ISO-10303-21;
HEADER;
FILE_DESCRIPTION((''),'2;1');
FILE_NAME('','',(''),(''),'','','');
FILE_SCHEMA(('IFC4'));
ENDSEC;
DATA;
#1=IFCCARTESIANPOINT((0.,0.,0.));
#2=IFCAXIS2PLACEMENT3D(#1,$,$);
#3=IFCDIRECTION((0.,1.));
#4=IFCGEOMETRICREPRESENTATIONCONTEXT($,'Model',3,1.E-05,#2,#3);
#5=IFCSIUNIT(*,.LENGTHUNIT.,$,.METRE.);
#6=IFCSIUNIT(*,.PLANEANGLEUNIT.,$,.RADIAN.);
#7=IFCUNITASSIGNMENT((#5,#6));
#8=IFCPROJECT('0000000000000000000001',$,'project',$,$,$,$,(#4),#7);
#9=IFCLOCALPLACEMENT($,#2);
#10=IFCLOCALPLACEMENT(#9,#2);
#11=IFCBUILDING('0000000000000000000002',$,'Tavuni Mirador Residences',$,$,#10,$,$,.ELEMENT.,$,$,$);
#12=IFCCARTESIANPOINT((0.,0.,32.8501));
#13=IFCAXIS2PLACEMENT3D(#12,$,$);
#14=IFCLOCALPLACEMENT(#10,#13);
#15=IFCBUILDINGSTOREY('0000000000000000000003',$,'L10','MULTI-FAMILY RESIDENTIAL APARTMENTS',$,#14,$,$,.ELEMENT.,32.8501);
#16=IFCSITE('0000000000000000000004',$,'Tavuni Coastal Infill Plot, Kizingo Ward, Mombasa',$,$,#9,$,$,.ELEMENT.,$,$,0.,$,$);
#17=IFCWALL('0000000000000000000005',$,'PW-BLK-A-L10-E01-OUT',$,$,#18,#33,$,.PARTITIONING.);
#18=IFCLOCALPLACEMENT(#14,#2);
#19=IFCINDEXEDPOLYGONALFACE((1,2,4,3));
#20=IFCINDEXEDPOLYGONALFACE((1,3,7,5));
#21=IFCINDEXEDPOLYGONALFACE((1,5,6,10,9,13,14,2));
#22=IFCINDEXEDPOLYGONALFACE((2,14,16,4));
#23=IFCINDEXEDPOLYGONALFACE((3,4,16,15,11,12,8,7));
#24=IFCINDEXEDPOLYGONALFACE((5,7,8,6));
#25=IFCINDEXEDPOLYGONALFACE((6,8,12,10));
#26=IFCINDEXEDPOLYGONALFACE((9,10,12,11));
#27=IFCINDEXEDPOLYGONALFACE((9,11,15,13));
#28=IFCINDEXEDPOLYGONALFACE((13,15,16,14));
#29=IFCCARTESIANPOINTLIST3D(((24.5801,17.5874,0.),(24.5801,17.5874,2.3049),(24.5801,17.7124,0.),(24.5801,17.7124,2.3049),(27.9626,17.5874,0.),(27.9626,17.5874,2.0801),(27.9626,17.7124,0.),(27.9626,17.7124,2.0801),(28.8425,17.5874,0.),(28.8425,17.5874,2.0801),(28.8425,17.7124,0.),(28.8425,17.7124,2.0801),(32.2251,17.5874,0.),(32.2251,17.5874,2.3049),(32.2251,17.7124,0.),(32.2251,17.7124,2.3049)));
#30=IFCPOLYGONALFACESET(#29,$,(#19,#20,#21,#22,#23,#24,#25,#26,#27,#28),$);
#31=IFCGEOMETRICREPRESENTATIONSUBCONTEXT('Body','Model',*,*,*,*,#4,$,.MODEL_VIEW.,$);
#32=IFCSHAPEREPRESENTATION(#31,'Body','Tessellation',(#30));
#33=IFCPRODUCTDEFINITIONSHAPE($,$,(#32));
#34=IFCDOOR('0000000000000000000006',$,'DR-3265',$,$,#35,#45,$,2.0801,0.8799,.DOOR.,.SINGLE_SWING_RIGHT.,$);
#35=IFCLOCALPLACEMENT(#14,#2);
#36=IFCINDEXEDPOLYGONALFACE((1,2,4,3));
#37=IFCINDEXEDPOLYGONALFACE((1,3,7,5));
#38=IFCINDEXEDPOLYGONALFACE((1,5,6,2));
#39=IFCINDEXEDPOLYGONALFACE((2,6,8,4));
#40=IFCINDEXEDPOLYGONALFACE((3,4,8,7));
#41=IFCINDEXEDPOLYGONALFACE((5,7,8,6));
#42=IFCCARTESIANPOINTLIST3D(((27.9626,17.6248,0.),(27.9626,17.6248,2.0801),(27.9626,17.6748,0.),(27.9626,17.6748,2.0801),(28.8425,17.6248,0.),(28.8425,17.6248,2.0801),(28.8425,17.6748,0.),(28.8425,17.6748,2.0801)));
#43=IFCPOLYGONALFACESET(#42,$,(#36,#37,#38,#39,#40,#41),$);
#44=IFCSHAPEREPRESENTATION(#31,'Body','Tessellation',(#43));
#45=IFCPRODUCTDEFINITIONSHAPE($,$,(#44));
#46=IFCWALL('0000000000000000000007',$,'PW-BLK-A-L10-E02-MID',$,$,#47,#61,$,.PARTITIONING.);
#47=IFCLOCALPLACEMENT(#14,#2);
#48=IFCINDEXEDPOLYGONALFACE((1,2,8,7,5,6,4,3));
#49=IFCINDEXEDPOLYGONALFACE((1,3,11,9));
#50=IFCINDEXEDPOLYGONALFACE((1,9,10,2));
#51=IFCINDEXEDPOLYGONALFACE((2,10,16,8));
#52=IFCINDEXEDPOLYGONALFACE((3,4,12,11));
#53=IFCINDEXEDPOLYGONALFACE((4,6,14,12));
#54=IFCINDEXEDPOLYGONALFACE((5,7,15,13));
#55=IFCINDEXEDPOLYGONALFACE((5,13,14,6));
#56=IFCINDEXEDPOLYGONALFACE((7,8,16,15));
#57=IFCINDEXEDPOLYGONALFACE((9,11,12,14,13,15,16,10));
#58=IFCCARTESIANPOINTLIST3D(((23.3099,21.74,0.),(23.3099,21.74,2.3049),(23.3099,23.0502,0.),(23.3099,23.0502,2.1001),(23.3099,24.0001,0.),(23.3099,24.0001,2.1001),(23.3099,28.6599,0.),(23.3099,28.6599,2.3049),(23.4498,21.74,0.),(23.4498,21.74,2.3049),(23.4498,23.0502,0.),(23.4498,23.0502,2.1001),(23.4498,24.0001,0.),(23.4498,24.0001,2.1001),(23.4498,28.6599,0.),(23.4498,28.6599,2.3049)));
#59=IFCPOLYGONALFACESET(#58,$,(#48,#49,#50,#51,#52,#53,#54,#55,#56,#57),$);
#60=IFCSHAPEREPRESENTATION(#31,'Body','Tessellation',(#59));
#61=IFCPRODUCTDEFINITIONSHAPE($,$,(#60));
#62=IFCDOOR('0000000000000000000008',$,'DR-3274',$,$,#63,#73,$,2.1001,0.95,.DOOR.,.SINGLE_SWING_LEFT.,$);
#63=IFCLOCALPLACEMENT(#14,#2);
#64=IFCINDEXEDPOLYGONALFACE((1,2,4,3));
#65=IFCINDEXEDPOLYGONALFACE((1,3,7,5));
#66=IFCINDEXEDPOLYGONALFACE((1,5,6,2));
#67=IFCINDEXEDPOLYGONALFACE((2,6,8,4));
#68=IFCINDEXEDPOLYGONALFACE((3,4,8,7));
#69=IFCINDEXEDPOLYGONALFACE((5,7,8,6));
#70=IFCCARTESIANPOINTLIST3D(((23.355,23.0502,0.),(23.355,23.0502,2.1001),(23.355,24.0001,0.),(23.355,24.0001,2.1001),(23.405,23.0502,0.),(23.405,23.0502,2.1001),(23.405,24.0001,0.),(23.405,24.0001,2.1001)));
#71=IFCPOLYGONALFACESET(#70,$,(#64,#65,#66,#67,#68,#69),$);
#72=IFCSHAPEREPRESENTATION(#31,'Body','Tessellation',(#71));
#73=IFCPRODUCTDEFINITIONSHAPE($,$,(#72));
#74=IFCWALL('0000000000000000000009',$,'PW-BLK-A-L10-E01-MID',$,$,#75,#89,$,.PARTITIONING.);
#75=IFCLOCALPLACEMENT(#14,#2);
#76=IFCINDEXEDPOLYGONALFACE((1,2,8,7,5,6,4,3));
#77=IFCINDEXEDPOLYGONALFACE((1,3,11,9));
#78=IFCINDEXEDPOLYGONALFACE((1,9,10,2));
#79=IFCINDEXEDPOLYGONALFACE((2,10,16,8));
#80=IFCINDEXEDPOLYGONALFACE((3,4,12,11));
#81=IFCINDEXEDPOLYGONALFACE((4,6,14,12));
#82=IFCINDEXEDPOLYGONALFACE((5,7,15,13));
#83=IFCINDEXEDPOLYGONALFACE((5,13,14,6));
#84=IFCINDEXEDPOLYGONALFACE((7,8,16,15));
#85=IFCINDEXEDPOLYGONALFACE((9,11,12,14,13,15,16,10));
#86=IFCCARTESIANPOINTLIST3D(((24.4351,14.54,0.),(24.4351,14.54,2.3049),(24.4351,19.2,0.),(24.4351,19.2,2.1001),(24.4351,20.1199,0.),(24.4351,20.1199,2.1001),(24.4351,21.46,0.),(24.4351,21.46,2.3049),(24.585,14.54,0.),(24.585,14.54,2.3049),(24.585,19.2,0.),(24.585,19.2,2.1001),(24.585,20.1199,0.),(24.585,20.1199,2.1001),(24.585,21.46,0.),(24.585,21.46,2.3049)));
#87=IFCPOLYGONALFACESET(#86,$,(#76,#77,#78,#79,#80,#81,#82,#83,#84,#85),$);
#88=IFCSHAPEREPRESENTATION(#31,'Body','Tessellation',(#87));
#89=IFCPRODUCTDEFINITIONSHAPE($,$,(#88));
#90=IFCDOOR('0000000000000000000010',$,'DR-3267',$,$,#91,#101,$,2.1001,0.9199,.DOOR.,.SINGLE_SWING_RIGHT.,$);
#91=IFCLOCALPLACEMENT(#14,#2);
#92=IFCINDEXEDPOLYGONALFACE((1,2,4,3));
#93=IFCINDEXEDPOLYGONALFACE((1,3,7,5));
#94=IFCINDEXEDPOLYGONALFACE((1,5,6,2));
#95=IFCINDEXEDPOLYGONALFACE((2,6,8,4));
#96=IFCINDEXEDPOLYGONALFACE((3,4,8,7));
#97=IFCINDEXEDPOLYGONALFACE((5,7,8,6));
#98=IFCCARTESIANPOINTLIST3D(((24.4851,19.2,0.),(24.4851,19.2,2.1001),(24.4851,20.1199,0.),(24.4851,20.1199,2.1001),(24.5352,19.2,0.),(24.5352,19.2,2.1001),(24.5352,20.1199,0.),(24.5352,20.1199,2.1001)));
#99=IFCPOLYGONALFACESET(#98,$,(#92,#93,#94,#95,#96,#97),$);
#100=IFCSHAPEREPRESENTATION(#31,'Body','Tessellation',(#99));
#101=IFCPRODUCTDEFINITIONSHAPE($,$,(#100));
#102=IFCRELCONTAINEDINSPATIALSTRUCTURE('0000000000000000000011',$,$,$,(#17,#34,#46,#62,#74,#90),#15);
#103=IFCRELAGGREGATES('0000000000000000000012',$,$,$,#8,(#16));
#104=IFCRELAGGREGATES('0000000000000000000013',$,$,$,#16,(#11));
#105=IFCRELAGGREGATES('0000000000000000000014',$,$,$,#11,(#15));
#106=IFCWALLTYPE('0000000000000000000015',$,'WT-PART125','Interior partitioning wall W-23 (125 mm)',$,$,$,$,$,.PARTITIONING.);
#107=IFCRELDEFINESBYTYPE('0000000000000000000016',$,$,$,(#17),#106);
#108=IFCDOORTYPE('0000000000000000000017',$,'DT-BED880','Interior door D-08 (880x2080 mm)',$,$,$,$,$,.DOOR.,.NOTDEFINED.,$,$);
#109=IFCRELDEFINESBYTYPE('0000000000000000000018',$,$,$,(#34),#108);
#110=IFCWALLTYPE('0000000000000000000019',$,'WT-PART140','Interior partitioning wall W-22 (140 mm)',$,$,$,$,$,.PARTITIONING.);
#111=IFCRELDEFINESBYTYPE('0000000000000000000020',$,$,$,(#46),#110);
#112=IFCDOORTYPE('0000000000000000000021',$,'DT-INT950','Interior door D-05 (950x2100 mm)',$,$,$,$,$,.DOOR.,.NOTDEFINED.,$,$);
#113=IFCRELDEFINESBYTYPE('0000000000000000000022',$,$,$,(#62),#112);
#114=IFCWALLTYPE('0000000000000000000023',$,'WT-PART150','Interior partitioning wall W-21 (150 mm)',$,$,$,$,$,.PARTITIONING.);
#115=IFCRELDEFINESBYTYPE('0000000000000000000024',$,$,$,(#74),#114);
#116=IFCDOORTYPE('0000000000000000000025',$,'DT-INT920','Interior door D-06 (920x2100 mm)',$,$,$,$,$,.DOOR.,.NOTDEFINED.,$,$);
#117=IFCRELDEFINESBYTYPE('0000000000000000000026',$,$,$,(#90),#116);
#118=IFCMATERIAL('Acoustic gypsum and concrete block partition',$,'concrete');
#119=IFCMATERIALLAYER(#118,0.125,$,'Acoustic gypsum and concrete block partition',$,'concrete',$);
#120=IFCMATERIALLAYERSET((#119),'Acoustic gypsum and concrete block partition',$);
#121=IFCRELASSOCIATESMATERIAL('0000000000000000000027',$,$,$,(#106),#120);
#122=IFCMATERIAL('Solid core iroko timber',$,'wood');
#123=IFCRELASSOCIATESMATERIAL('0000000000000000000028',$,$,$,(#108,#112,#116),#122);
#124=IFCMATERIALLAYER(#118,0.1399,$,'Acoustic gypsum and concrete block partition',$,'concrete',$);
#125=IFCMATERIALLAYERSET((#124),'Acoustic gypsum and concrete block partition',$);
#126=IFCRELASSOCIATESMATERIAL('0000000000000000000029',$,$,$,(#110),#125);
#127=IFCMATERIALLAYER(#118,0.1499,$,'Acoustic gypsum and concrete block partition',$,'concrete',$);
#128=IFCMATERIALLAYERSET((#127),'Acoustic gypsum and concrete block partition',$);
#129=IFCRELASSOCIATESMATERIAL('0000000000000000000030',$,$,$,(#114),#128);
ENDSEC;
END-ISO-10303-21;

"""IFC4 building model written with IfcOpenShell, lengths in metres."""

from ifc_helpers import new_model, si_unit, direction, frame, frame_2d, origin, place, context, subcontext, project, spatial, rectangle, extrude, material, layer, layer_set, type_object, element, fill, save


model = new_model("IFC4")

# Units and contexts
model_context = context("Model", 3, precision=1e-05, world=origin(), true_north=direction((0.0, 1.0)))
body_context = subcontext(model_context, "Body", "Model", "MODEL_VIEW")
ifc_project = project(units=[si_unit("LENGTHUNIT", "METRE"), si_unit("PLANEANGLEUNIT", "RADIAN")], contexts=[model_context])

# Site, building, storey
site_placement = place(None, origin())
site = spatial("IfcSite", under=ifc_project, at=site_placement, Name="Tavuni Coastal Infill Plot, Kizingo Ward, Mombasa", CompositionType="ELEMENT", RefElevation=0.0)
building_placement = place(site_placement, origin())
building = spatial("IfcBuilding", under=site, at=building_placement, Name="Tavuni Mirador Residences", CompositionType="ELEMENT")
storey_placement = place(building_placement, frame((0.0, 0.0, 32.8501)))
storey = spatial("IfcBuildingStorey", under=building, at=storey_placement, Name="L10", Description="MULTI-FAMILY RESIDENTIAL APARTMENTS", CompositionType="ELEMENT", Elevation=32.8501)

# Walls, openings, doors
ifc_material_1 = material(Name="Acoustic gypsum and concrete block partition", Category="concrete")
ifc_material_2 = material(Name="Solid core iroko timber", Category="wood")
ifc_layer_1 = layer(ifc_material_1, 0.125, Name="Acoustic gypsum and concrete block partition", Category="concrete")
ifc_layer_set_1 = layer_set([ifc_layer_1], Name="Acoustic gypsum and concrete block partition")
wall_type_1 = type_object("IfcWallType", Name="WT-PART125", Description="Interior partitioning wall W-23 (125 mm)", PredefinedType="PARTITIONING", material=ifc_layer_set_1)
wall_1_placement = place(storey_placement, frame((24.5801, 17.6499, 0.0), z_axis=(0.0, 0.0, 1.0), x_axis=(1.0, 0.0, 0.0)))
wall_1 = element("IfcWall", 1, at=wall_1_placement, inside=storey, type_object=wall_type_1, Name="PW-BLK-A-L10-E01-OUT", PredefinedType="PARTITIONING", context=body_context, shape_type="SweptSolid", body=[
    extrude(rectangle(XDim=7.645, YDim=0.125, at=frame_2d((3.8225, 0.0))), origin(), (0.0, 0.0, 1.0), 2.3049),
])
opening_1_placement = place(wall_1_placement, frame((3.3826, 0.0, 0.0)))
opening_1 = element("IfcOpeningElement", 2, at=opening_1_placement, cuts=wall_1, PredefinedType="OPENING", context=body_context, shape_type="SweptSolid", body=[
    extrude(rectangle(XDim=0.8799, YDim=2.0801, at=frame_2d((0.4399, 1.04))), frame((0.0, 0.0725, 0.0), z_axis=(0.0, -1.0, 0.0), x_axis=(1.0, 0.0, 0.0)), (0.0, 0.0, 1.0), 0.145),
])
door_type_1 = type_object("IfcDoorType", Name="DT-BED880", Description="Interior door D-08 (880x2080 mm)", OperationType="NOTDEFINED", PredefinedType="DOOR", material=ifc_material_2)
door_1_placement = place(opening_1_placement, origin())
door_1 = element("IfcDoor", 3, at=door_1_placement, inside=storey, type_object=door_type_1, Name="DR-3265", OperationType="SINGLE_SWING_RIGHT", OverallHeight=2.0801, OverallWidth=0.8799, PredefinedType="DOOR", context=body_context, shape_type="SweptSolid", body=[
    extrude(rectangle(XDim=0.8799, YDim=2.0801, at=frame_2d((0.4399, 1.04))), frame((0.0, 0.0249, 0.0), z_axis=(0.0, -1.0, 0.0), x_axis=(1.0, 0.0, 0.0)), (0.0, 0.0, 1.0), 0.05),
])
fill(opening_1, door_1)
ifc_layer_2 = layer(ifc_material_1, 0.1399, Name="Acoustic gypsum and concrete block partition", Category="concrete")
ifc_layer_set_2 = layer_set([ifc_layer_2], Name="Acoustic gypsum and concrete block partition")
wall_type_2 = type_object("IfcWallType", Name="WT-PART140", Description="Interior partitioning wall W-22 (140 mm)", PredefinedType="PARTITIONING", material=ifc_layer_set_2)
wall_2_placement = place(storey_placement, frame((23.3799, 21.74, 0.0), z_axis=(0.0, 0.0, 1.0), x_axis=(0.0, 1.0, 0.0)))
wall_2 = element("IfcWall", 4, at=wall_2_placement, inside=storey, type_object=wall_type_2, Name="PW-BLK-A-L10-E02-MID", PredefinedType="PARTITIONING", context=body_context, shape_type="SweptSolid", body=[
    extrude(rectangle(XDim=6.9199, YDim=0.1399, at=frame_2d((3.46, 0.0))), origin(), (0.0, 0.0, 1.0), 2.3049),
])
opening_2_placement = place(wall_2_placement, frame((1.3101, 0.0, 0.0)))
opening_2 = element("IfcOpeningElement", 5, at=opening_2_placement, cuts=wall_2, PredefinedType="OPENING", context=body_context, shape_type="SweptSolid", body=[
    extrude(rectangle(XDim=0.95, YDim=2.1001, at=frame_2d((0.4751, 1.05))), frame((0.0, 0.0801, 0.0), z_axis=(0.0, -1.0, 0.0), x_axis=(1.0, 0.0, 0.0)), (0.0, 0.0, 1.0), 0.1599),
])
door_type_2 = type_object("IfcDoorType", Name="DT-INT950", Description="Interior door D-05 (950x2100 mm)", OperationType="NOTDEFINED", PredefinedType="DOOR", material=ifc_material_2)
door_2_placement = place(opening_2_placement, origin())
door_2 = element("IfcDoor", 6, at=door_2_placement, inside=storey, type_object=door_type_2, Name="DR-3274", OperationType="SINGLE_SWING_LEFT", OverallHeight=2.1001, OverallWidth=0.95, PredefinedType="DOOR", context=body_context, shape_type="SweptSolid", body=[
    extrude(rectangle(XDim=0.95, YDim=2.1001, at=frame_2d((0.4751, 1.05))), frame((0.0, 0.0249, 0.0), z_axis=(0.0, -1.0, 0.0), x_axis=(1.0, 0.0, 0.0)), (0.0, 0.0, 1.0), 0.05),
])
fill(opening_2, door_2)
ifc_layer_3 = layer(ifc_material_1, 0.1499, Name="Acoustic gypsum and concrete block partition", Category="concrete")
ifc_layer_set_3 = layer_set([ifc_layer_3], Name="Acoustic gypsum and concrete block partition")
wall_type_3 = type_object("IfcWallType", Name="WT-PART150", Description="Interior partitioning wall W-21 (150 mm)", PredefinedType="PARTITIONING", material=ifc_layer_set_3)
wall_3_placement = place(storey_placement, frame((24.51, 14.54, 0.0), z_axis=(0.0, 0.0, 1.0), x_axis=(0.0, 1.0, 0.0)))
wall_3 = element("IfcWall", 7, at=wall_3_placement, inside=storey, type_object=wall_type_3, Name="PW-BLK-A-L10-E01-MID", PredefinedType="PARTITIONING", context=body_context, shape_type="SweptSolid", body=[
    extrude(rectangle(XDim=6.9199, YDim=0.1499, at=frame_2d((3.46, 0.0))), origin(), (0.0, 0.0, 1.0), 2.3049),
])
opening_3_placement = place(wall_3_placement, frame((4.6599, 0.0, 0.0)))
opening_3 = element("IfcOpeningElement", 8, at=opening_3_placement, cuts=wall_3, PredefinedType="OPENING", context=body_context, shape_type="SweptSolid", body=[
    extrude(rectangle(XDim=0.9199, YDim=2.1001, at=frame_2d((0.46, 1.05))), frame((0.0, 0.085, 0.0), z_axis=(0.0, -1.0, 0.0), x_axis=(1.0, 0.0, 0.0)), (0.0, 0.0, 1.0), 0.1699),
])
door_type_3 = type_object("IfcDoorType", Name="DT-INT920", Description="Interior door D-06 (920x2100 mm)", OperationType="NOTDEFINED", PredefinedType="DOOR", material=ifc_material_2)
door_3_placement = place(opening_3_placement, origin())
door_3 = element("IfcDoor", 9, at=door_3_placement, inside=storey, type_object=door_type_3, Name="DR-3267", OperationType="SINGLE_SWING_RIGHT", OverallHeight=2.1001, OverallWidth=0.9199, PredefinedType="DOOR", context=body_context, shape_type="SweptSolid", body=[
    extrude(rectangle(XDim=0.9199, YDim=2.1001, at=frame_2d((0.46, 1.05))), frame((0.0, 0.0249, 0.0), z_axis=(0.0, -1.0, 0.0), x_axis=(1.0, 0.0, 0.0)), (0.0, 0.0, 1.0), 0.05),
])
fill(opening_3, door_3)

save(model, "model.ifc")
